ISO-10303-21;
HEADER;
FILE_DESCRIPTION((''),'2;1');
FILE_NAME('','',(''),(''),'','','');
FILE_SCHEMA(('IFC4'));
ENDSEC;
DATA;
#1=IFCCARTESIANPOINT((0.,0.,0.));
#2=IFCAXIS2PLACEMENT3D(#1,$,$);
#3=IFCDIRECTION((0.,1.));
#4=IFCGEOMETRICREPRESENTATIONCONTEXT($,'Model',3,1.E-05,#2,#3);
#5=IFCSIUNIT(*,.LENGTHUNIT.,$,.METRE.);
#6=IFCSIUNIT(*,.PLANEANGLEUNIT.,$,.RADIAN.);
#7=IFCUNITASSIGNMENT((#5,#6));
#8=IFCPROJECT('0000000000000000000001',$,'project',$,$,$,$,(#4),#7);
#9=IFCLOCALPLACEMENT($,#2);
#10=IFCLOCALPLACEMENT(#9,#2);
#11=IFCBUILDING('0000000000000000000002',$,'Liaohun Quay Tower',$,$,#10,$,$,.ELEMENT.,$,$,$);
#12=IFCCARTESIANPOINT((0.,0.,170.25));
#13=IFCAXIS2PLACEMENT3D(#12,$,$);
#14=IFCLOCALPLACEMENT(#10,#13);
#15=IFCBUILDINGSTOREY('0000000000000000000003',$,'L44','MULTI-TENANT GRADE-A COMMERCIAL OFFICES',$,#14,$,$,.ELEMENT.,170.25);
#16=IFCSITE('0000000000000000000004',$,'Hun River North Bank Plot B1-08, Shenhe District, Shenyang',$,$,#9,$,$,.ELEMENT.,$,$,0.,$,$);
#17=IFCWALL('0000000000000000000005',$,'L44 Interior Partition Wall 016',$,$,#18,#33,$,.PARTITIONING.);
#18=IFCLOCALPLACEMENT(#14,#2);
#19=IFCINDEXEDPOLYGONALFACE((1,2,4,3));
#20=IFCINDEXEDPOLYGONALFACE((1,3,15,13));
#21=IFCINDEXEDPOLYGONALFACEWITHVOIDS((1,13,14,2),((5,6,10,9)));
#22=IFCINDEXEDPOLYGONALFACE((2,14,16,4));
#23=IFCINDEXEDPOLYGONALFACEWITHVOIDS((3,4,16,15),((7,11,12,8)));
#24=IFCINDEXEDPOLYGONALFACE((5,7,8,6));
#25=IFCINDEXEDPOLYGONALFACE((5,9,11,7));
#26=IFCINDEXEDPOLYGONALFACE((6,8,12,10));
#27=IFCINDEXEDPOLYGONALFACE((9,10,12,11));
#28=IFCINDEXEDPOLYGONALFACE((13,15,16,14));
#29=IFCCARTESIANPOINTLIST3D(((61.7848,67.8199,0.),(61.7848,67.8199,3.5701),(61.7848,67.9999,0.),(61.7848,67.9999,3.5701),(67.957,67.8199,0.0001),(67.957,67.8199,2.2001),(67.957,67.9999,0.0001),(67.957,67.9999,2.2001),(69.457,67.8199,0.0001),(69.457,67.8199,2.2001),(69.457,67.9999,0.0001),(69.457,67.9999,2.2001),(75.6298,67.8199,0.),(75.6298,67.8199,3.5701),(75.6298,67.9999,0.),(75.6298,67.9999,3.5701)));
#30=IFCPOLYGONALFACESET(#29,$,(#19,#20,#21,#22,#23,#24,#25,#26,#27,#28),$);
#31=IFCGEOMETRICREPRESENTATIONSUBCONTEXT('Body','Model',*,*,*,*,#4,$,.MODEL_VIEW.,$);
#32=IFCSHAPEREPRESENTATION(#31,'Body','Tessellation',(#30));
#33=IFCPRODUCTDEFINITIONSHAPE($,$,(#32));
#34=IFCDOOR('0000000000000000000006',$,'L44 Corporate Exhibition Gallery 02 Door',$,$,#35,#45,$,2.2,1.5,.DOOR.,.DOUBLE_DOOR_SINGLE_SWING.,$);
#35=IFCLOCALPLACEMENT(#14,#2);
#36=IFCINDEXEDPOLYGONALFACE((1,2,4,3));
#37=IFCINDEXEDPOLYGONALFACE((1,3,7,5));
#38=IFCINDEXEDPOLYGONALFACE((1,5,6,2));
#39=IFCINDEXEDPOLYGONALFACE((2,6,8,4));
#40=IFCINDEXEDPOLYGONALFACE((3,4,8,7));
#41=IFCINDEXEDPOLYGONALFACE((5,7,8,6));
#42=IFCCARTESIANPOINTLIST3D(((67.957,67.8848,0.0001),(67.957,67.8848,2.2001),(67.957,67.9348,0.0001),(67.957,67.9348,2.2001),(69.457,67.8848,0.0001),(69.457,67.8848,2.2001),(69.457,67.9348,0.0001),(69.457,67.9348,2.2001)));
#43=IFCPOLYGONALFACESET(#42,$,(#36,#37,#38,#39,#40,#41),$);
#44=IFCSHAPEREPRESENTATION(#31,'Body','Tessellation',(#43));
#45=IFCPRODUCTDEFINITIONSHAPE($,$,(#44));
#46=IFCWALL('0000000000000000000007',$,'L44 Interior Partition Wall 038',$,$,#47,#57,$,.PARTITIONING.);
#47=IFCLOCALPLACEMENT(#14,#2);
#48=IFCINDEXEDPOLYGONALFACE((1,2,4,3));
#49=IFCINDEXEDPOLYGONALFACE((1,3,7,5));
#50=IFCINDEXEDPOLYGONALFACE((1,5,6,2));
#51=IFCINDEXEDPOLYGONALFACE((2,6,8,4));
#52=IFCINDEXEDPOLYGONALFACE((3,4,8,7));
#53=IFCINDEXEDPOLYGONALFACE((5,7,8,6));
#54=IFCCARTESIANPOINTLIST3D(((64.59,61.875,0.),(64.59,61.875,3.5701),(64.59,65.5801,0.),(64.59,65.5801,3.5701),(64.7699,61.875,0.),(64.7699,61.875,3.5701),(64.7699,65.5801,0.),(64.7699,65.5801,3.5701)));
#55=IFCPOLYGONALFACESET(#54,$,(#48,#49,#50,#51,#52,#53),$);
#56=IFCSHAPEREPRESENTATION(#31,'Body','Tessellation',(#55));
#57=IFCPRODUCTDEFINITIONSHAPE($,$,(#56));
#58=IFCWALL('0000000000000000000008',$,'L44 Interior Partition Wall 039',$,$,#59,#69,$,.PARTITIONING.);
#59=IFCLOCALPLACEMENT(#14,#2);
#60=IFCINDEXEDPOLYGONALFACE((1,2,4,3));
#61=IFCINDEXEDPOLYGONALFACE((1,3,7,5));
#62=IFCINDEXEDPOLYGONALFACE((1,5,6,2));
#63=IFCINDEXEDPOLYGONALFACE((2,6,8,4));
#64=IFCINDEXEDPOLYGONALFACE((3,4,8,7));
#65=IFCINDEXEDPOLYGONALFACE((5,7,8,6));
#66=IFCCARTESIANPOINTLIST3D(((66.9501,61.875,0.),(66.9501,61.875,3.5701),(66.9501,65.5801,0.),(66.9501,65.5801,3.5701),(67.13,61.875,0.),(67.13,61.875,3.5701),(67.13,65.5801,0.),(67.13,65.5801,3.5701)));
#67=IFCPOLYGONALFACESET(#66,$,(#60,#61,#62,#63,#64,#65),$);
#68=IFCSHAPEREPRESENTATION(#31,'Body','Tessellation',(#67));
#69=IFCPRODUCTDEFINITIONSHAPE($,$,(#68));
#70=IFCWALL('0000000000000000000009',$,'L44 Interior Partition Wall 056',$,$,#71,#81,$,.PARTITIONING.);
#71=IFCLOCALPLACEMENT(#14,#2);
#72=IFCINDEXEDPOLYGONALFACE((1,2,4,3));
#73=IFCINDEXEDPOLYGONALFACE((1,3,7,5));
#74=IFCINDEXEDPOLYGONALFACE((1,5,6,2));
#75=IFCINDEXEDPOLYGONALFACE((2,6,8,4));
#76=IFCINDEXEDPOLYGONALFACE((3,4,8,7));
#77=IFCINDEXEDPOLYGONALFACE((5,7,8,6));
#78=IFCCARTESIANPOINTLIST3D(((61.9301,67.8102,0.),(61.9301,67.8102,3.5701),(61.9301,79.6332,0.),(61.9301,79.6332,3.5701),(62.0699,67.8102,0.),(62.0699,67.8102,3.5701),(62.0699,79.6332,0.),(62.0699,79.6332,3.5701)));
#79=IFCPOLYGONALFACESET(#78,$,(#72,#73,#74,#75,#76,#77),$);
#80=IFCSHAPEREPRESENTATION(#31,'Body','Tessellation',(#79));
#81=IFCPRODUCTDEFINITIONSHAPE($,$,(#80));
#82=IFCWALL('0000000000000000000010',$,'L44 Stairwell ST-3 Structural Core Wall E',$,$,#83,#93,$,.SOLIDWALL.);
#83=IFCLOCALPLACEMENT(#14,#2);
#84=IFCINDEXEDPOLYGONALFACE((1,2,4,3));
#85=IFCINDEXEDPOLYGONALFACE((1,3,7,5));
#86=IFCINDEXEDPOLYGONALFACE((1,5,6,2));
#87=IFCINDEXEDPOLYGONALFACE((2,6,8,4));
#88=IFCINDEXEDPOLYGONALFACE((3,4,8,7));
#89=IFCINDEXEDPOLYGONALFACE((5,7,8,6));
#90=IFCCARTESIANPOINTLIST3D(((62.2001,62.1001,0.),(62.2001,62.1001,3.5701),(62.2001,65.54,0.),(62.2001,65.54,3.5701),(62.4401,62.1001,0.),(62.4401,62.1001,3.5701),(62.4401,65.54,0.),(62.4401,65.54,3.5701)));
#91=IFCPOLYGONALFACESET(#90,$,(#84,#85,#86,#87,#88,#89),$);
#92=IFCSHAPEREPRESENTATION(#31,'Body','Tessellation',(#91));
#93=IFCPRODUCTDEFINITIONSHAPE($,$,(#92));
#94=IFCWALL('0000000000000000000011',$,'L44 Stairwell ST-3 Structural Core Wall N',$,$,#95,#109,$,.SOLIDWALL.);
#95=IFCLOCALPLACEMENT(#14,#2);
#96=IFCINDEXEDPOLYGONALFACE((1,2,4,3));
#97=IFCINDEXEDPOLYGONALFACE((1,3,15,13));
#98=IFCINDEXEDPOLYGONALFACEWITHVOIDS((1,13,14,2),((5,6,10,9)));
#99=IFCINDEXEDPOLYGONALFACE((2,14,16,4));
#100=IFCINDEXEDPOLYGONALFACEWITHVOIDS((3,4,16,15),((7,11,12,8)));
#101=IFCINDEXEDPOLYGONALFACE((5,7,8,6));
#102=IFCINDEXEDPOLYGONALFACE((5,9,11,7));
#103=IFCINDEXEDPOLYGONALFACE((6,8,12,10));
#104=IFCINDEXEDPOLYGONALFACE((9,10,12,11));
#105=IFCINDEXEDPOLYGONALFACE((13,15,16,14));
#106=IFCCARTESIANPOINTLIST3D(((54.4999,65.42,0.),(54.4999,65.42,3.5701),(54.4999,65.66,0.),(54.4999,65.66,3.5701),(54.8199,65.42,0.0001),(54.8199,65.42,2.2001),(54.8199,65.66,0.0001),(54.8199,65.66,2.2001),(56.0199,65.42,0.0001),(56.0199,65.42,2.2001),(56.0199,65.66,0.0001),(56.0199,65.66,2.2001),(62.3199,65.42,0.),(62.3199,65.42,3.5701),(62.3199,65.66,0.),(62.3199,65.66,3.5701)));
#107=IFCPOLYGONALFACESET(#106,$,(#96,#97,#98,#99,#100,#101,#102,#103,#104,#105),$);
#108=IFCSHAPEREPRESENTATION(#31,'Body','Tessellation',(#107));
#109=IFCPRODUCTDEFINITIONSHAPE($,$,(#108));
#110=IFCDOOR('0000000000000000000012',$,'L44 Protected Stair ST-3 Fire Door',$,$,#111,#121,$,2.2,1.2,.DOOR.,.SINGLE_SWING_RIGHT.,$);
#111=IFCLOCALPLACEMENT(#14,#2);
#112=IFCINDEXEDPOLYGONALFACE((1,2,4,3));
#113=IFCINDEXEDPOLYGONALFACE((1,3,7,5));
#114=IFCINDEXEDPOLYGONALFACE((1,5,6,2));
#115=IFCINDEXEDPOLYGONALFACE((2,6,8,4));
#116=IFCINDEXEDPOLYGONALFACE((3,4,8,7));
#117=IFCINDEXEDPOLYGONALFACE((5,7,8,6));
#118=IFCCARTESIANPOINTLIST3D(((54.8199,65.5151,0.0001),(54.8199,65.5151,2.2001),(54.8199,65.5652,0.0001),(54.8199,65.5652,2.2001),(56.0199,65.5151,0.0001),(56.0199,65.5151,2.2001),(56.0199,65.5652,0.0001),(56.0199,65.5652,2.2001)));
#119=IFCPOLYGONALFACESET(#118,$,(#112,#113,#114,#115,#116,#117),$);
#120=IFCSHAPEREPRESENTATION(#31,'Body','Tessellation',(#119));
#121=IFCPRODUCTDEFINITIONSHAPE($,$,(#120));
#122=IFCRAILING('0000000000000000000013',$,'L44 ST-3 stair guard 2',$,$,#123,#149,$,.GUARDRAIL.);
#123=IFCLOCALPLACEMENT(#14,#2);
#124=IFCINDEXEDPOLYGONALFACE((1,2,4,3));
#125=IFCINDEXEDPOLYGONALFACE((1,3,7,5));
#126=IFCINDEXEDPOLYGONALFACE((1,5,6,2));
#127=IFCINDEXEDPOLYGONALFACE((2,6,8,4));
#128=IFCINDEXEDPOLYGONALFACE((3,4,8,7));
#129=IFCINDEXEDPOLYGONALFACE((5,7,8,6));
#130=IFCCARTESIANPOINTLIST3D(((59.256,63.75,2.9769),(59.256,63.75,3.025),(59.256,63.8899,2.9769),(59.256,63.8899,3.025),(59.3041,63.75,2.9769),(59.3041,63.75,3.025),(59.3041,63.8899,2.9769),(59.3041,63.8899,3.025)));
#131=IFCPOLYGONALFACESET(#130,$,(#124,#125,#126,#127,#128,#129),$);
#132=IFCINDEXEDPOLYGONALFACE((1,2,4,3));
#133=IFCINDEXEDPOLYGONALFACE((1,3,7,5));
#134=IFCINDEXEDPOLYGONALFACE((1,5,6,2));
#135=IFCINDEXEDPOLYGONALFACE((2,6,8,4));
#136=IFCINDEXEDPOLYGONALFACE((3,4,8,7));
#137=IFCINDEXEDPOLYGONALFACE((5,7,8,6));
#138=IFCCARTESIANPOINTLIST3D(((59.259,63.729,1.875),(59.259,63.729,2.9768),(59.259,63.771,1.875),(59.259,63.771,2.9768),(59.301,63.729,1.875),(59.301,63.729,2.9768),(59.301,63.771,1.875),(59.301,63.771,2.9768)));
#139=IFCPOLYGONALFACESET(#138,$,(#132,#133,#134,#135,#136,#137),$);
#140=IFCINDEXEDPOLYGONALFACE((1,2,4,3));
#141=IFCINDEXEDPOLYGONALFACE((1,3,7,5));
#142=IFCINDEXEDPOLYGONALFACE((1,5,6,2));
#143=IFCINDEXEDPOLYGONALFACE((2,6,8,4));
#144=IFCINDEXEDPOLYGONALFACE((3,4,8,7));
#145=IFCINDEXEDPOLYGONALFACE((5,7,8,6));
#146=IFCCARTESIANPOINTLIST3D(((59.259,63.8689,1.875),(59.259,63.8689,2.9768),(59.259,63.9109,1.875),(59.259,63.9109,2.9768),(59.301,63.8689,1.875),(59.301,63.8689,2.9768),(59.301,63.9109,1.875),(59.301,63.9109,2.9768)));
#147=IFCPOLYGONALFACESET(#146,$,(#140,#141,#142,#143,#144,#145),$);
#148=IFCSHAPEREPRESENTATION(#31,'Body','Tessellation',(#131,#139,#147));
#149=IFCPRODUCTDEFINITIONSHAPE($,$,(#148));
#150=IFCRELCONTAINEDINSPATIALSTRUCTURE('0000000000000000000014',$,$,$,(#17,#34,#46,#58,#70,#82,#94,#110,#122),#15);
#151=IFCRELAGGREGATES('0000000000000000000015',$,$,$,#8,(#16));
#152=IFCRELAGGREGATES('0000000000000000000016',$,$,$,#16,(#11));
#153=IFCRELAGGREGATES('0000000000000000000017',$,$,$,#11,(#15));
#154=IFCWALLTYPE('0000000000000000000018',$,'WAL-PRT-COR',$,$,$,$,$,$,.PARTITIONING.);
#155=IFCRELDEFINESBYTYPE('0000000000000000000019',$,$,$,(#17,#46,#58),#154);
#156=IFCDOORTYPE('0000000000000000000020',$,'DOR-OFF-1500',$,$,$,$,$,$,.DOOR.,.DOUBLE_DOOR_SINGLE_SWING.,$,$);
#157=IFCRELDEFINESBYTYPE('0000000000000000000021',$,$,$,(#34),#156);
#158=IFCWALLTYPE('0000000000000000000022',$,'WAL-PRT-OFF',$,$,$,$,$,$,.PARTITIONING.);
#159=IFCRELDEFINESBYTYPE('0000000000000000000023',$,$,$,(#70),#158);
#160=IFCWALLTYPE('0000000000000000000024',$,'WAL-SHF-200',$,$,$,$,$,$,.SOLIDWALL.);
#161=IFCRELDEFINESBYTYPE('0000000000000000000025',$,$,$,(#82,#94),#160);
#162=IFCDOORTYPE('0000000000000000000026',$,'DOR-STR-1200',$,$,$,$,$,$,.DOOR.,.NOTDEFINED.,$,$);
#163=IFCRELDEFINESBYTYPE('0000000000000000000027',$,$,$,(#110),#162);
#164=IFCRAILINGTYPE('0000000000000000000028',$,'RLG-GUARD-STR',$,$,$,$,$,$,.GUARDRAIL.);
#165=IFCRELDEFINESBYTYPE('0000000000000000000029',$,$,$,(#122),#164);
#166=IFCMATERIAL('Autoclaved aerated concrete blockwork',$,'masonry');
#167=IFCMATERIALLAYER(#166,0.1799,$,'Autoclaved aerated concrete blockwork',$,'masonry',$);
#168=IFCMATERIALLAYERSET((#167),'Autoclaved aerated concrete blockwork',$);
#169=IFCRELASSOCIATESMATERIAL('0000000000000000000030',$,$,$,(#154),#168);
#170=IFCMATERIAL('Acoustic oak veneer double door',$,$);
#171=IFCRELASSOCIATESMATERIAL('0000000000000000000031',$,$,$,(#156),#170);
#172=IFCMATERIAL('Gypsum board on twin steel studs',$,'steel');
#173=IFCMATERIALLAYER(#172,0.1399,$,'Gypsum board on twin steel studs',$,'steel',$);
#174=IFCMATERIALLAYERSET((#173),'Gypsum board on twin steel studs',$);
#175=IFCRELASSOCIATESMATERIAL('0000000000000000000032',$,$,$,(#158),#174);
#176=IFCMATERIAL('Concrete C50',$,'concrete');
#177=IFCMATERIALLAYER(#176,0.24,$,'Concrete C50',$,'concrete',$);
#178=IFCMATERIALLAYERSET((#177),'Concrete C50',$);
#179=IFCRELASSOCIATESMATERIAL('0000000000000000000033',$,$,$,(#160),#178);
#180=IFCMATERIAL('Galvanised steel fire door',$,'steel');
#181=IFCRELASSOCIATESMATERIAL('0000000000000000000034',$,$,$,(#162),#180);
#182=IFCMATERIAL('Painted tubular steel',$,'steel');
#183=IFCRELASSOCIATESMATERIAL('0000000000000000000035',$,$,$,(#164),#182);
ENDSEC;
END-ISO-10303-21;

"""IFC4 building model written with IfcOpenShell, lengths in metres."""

from ifc_helpers import new_model, si_unit, direction, frame, frame_2d, origin, origin_2d, place, context, subcontext, project, spatial, rectangle, extrude, source, transform, mapped, material, layer, layer_set, type_object, element, fill, save


model = new_model("IFC4")

# Units and contexts
model_context = context("Model", 3, precision=1e-05, world=origin(), true_north=direction((0.0, 1.0)))
body_context = subcontext(model_context, "Body", "Model", "MODEL_VIEW")
ifc_project = project(units=[si_unit("LENGTHUNIT", "METRE"), si_unit("PLANEANGLEUNIT", "RADIAN")], contexts=[model_context])

# Site, building, storey
site_placement = place(None, origin())
site = spatial("IfcSite", under=ifc_project, at=site_placement, Name="Hun River North Bank Plot B1-08, Shenhe District, Shenyang", CompositionType="ELEMENT", RefElevation=0.0)
building_placement = place(site_placement, origin())
building = spatial("IfcBuilding", under=site, at=building_placement, Name="Liaohun Quay Tower", CompositionType="ELEMENT")
storey_placement = place(building_placement, frame((0.0, 0.0, 170.25)))
storey = spatial("IfcBuildingStorey", under=building, at=storey_placement, Name="L44", Description="MULTI-TENANT GRADE-A COMMERCIAL OFFICES", CompositionType="ELEMENT", Elevation=170.25)

# Wall, opening, door
ifc_material_1 = material(Name="Autoclaved aerated concrete blockwork", Category="masonry")
ifc_layer_1 = layer(ifc_material_1, 0.1799, Name="Autoclaved aerated concrete blockwork", Category="masonry")
ifc_layer_set_1 = layer_set([ifc_layer_1], Name="Autoclaved aerated concrete blockwork")
wall_type_1 = type_object("IfcWallType", Name="WAL-PRT-COR", PredefinedType="PARTITIONING", material=ifc_layer_set_1)
wall_1_placement = place(storey_placement, frame((61.7849, 67.9099, 0.0), z_axis=(0.0, 0.0, 1.0), x_axis=(1.0, 0.0, 0.0)))
wall_1 = element("IfcWall", 1, at=wall_1_placement, inside=storey, type_object=wall_type_1, Name="L44 Interior Partition Wall 016", PredefinedType="PARTITIONING", context=body_context, shape_type="SweptSolid", body=[
    extrude(rectangle(XDim=13.845, YDim=0.1799, at=frame_2d((6.9224, 0.0))), origin(), (0.0, 0.0, 1.0), 3.5701),
])
shared_shape_1 = source(origin(), body_context, "Body", "SweptSolid", [
    extrude(rectangle(XDim=1.5, YDim=2.2, at=frame_2d((0.75, 1.1001))), frame((0.0, 0.0999, 0.0), z_axis=(0.0, -1.0, 0.0), x_axis=(1.0, 0.0, 0.0)), (0.0, 0.0, 1.0), 0.2),
])
opening_1_placement = place(wall_1_placement, frame((6.1721, 0.0, 0.0)))
opening_1 = element("IfcOpeningElement", 2, at=opening_1_placement, cuts=wall_1, PredefinedType="OPENING", context=body_context, shape_type="MappedRepresentation", body=[
    mapped(shared_shape_1, transform((0.0, 0.0, 0.0), x_axis=(1.0, 0.0, 0.0), y_axis=(0.0, 1.0, 0.0), z_axis=(0.0, 0.0, 1.0), scale=1.0)),
])
ifc_material_2 = material(Name="Acoustic oak veneer double door")
door_type_1 = type_object("IfcDoorType", Name="DOR-OFF-1500", OperationType="DOUBLE_DOOR_SINGLE_SWING", PredefinedType="DOOR", material=ifc_material_2)
shared_shape_2 = source(origin(), body_context, "Body", "SweptSolid", [
    extrude(rectangle(XDim=1.5, YDim=2.2, at=frame_2d((0.75, 1.1001))), frame((0.0, 0.0249, 0.0), z_axis=(0.0, -1.0, 0.0), x_axis=(1.0, 0.0, 0.0)), (0.0, 0.0, 1.0), 0.05),
])
door_1_placement = place(opening_1_placement, origin())
door_1 = element("IfcDoor", 3, at=door_1_placement, inside=storey, type_object=door_type_1, Name="L44 Corporate Exhibition Gallery 02 Door", OperationType="DOUBLE_DOOR_SINGLE_SWING", OverallHeight=2.2, OverallWidth=1.5, PredefinedType="DOOR", context=body_context, shape_type="MappedRepresentation", body=[
    mapped(shared_shape_2, transform((0.0, 0.0, 0.0), x_axis=(1.0, 0.0, 0.0), y_axis=(0.0, 1.0, 0.0), z_axis=(0.0, 0.0, 1.0), scale=1.0)),
])
fill(opening_1, door_1)

# Walls
for number, where, z_axis, x_axis, name in (
    (4, (64.6799, 61.875, 0.0), (0.0, 0.0, 1.0), (0.0, 1.0, 0.0), "L44 Interior Partition Wall 038"),
    (5, (67.04, 61.875, 0.0), (0.0, 0.0, 1.0), (0.0, 1.0, 0.0), "L44 Interior Partition Wall 039"),
):
    element("IfcWall", number, at=place(storey_placement, frame(where, z_axis=z_axis, x_axis=x_axis)), inside=storey, type_object=wall_type_1, Name=name, PredefinedType="PARTITIONING", context=body_context, shape_type="SweptSolid", body=[
        extrude(rectangle(XDim=3.7051, YDim=0.1799, at=frame_2d((1.8525, 0.0))), origin(), (0.0, 0.0, 1.0), 3.5701),
    ])
ifc_material_3 = material(Name="Gypsum board on twin steel studs", Category="steel")
ifc_layer_2 = layer(ifc_material_3, 0.1399, Name="Gypsum board on twin steel studs", Category="steel")
ifc_layer_set_2 = layer_set([ifc_layer_2], Name="Gypsum board on twin steel studs")
wall_type_2 = type_object("IfcWallType", Name="WAL-PRT-OFF", PredefinedType="PARTITIONING", material=ifc_layer_set_2)
wall_2_placement = place(storey_placement, frame((62.0, 67.8101, 0.0), z_axis=(0.0, 0.0, 1.0), x_axis=(0.0, 1.0, 0.0)))
element("IfcWall", 6, at=wall_2_placement, inside=storey, type_object=wall_type_2, Name="L44 Interior Partition Wall 056", PredefinedType="PARTITIONING", context=body_context, shape_type="SweptSolid", body=[
    extrude(rectangle(XDim=11.823, YDim=0.1399, at=frame_2d((5.9116, 0.0))), origin(), (0.0, 0.0, 1.0), 3.5701),
])
ifc_material_4 = material(Name="Concrete C50", Category="concrete")
ifc_layer_3 = layer(ifc_material_4, 0.24, Name="Concrete C50", Category="concrete")
ifc_layer_set_3 = layer_set([ifc_layer_3], Name="Concrete C50")
wall_type_3 = type_object("IfcWallType", Name="WAL-SHF-200", PredefinedType="SOLIDWALL", material=ifc_layer_set_3)
wall_3_placement = place(storey_placement, frame((62.3201, 62.1001, 0.0), z_axis=(0.0, 0.0, 1.0), x_axis=(0.0, 1.0, 0.0)))
element("IfcWall", 7, at=wall_3_placement, inside=storey, type_object=wall_type_3, Name="L44 Stairwell ST-3 Structural Core Wall E", PredefinedType="SOLIDWALL", context=body_context, shape_type="SweptSolid", body=[
    extrude(rectangle(XDim=3.4399, YDim=0.24, at=frame_2d((1.72, 0.0))), origin(), (0.0, 0.0, 1.0), 3.5701),
])

# Wall, opening, door
wall_4_placement = place(storey_placement, frame((62.3201, 65.54, 0.0), z_axis=(0.0, 0.0, 1.0), x_axis=(-1.0, 0.0, 0.0)))
wall_4 = element("IfcWall", 8, at=wall_4_placement, inside=storey, type_object=wall_type_3, Name="L44 Stairwell ST-3 Structural Core Wall N", PredefinedType="SOLIDWALL", context=body_context, shape_type="SweptSolid", body=[
    extrude(rectangle(XDim=7.8201, YDim=0.24, at=frame_2d((3.9102, 0.0))), origin(), (0.0, 0.0, 1.0), 3.5701),
])
shared_shape_3 = source(origin(), body_context, "Body", "SweptSolid", [
    extrude(rectangle(XDim=1.2, YDim=2.2, at=frame_2d((0.6001, 1.1001))), frame((0.0, 0.1299, 0.0), z_axis=(0.0, -1.0, 0.0), x_axis=(1.0, 0.0, 0.0)), (0.0, 0.0, 1.0), 0.26),
])
opening_2_placement = place(wall_4_placement, frame((6.3, 0.0, 0.0)))
opening_2 = element("IfcOpeningElement", 9, at=opening_2_placement, cuts=wall_4, PredefinedType="OPENING", context=body_context, shape_type="MappedRepresentation", body=[
    mapped(shared_shape_3, transform((0.0, 0.0, 0.0), x_axis=(1.0, 0.0, 0.0), y_axis=(0.0, 1.0, 0.0), z_axis=(0.0, 0.0, 1.0), scale=1.0)),
])
ifc_material_5 = material(Name="Galvanised steel fire door", Category="steel")
door_type_2 = type_object("IfcDoorType", Name="DOR-STR-1200", OperationType="NOTDEFINED", PredefinedType="DOOR", material=ifc_material_5)
shared_shape_4 = source(origin(), body_context, "Body", "SweptSolid", [
    extrude(rectangle(XDim=1.2, YDim=2.2, at=frame_2d((0.6001, 1.1001))), frame((0.0, 0.0249, 0.0), z_axis=(0.0, -1.0, 0.0), x_axis=(1.0, 0.0, 0.0)), (0.0, 0.0, 1.0), 0.05),
])
door_2_placement = place(opening_2_placement, origin())
door_2 = element("IfcDoor", 10, at=door_2_placement, inside=storey, type_object=door_type_2, Name="L44 Protected Stair ST-3 Fire Door", OperationType="SINGLE_SWING_RIGHT", OverallHeight=2.2, OverallWidth=1.2, PredefinedType="DOOR", context=body_context, shape_type="MappedRepresentation", body=[
    mapped(shared_shape_4, transform((0.0, 0.0, 0.0), x_axis=(1.0, 0.0, 0.0), y_axis=(0.0, 1.0, 0.0), z_axis=(0.0, 0.0, 1.0), scale=1.0)),
])
fill(opening_2, door_2)

# Railing
ifc_material_6 = material(Name="Painted tubular steel", Category="steel")
railing_type = type_object("IfcRailingType", Name="RLG-GUARD-STR", PredefinedType="GUARDRAIL", material=ifc_material_6)
railing_placement = place(storey_placement, frame((59.28, 63.75, 1.875)))
element("IfcRailing", 11, at=railing_placement, inside=storey, type_object=railing_type, Name="L44 ST-3 stair guard 2", PredefinedType="GUARDRAIL", context=body_context, shape_type="SweptSolid", body=[
    extrude(rectangle(XDim=0.0481, YDim=0.0481, at=origin_2d()), frame((0.0, 0.0, 1.126), z_axis=(0.0, 1.0, 0.0), x_axis=(-1.0, 0.0, 0.0)), (0.0, 0.0, 1.0), 0.1399),
    extrude(rectangle(XDim=0.042, YDim=0.042, at=origin_2d()), origin(), (0.0, 0.0, 1.0), 1.1018),
    extrude(rectangle(XDim=0.042, YDim=0.042, at=origin_2d()), frame((0.0, 0.1399, 0.0)), (0.0, 0.0, 1.0), 1.1018),
])

save(model, "model.ifc")
